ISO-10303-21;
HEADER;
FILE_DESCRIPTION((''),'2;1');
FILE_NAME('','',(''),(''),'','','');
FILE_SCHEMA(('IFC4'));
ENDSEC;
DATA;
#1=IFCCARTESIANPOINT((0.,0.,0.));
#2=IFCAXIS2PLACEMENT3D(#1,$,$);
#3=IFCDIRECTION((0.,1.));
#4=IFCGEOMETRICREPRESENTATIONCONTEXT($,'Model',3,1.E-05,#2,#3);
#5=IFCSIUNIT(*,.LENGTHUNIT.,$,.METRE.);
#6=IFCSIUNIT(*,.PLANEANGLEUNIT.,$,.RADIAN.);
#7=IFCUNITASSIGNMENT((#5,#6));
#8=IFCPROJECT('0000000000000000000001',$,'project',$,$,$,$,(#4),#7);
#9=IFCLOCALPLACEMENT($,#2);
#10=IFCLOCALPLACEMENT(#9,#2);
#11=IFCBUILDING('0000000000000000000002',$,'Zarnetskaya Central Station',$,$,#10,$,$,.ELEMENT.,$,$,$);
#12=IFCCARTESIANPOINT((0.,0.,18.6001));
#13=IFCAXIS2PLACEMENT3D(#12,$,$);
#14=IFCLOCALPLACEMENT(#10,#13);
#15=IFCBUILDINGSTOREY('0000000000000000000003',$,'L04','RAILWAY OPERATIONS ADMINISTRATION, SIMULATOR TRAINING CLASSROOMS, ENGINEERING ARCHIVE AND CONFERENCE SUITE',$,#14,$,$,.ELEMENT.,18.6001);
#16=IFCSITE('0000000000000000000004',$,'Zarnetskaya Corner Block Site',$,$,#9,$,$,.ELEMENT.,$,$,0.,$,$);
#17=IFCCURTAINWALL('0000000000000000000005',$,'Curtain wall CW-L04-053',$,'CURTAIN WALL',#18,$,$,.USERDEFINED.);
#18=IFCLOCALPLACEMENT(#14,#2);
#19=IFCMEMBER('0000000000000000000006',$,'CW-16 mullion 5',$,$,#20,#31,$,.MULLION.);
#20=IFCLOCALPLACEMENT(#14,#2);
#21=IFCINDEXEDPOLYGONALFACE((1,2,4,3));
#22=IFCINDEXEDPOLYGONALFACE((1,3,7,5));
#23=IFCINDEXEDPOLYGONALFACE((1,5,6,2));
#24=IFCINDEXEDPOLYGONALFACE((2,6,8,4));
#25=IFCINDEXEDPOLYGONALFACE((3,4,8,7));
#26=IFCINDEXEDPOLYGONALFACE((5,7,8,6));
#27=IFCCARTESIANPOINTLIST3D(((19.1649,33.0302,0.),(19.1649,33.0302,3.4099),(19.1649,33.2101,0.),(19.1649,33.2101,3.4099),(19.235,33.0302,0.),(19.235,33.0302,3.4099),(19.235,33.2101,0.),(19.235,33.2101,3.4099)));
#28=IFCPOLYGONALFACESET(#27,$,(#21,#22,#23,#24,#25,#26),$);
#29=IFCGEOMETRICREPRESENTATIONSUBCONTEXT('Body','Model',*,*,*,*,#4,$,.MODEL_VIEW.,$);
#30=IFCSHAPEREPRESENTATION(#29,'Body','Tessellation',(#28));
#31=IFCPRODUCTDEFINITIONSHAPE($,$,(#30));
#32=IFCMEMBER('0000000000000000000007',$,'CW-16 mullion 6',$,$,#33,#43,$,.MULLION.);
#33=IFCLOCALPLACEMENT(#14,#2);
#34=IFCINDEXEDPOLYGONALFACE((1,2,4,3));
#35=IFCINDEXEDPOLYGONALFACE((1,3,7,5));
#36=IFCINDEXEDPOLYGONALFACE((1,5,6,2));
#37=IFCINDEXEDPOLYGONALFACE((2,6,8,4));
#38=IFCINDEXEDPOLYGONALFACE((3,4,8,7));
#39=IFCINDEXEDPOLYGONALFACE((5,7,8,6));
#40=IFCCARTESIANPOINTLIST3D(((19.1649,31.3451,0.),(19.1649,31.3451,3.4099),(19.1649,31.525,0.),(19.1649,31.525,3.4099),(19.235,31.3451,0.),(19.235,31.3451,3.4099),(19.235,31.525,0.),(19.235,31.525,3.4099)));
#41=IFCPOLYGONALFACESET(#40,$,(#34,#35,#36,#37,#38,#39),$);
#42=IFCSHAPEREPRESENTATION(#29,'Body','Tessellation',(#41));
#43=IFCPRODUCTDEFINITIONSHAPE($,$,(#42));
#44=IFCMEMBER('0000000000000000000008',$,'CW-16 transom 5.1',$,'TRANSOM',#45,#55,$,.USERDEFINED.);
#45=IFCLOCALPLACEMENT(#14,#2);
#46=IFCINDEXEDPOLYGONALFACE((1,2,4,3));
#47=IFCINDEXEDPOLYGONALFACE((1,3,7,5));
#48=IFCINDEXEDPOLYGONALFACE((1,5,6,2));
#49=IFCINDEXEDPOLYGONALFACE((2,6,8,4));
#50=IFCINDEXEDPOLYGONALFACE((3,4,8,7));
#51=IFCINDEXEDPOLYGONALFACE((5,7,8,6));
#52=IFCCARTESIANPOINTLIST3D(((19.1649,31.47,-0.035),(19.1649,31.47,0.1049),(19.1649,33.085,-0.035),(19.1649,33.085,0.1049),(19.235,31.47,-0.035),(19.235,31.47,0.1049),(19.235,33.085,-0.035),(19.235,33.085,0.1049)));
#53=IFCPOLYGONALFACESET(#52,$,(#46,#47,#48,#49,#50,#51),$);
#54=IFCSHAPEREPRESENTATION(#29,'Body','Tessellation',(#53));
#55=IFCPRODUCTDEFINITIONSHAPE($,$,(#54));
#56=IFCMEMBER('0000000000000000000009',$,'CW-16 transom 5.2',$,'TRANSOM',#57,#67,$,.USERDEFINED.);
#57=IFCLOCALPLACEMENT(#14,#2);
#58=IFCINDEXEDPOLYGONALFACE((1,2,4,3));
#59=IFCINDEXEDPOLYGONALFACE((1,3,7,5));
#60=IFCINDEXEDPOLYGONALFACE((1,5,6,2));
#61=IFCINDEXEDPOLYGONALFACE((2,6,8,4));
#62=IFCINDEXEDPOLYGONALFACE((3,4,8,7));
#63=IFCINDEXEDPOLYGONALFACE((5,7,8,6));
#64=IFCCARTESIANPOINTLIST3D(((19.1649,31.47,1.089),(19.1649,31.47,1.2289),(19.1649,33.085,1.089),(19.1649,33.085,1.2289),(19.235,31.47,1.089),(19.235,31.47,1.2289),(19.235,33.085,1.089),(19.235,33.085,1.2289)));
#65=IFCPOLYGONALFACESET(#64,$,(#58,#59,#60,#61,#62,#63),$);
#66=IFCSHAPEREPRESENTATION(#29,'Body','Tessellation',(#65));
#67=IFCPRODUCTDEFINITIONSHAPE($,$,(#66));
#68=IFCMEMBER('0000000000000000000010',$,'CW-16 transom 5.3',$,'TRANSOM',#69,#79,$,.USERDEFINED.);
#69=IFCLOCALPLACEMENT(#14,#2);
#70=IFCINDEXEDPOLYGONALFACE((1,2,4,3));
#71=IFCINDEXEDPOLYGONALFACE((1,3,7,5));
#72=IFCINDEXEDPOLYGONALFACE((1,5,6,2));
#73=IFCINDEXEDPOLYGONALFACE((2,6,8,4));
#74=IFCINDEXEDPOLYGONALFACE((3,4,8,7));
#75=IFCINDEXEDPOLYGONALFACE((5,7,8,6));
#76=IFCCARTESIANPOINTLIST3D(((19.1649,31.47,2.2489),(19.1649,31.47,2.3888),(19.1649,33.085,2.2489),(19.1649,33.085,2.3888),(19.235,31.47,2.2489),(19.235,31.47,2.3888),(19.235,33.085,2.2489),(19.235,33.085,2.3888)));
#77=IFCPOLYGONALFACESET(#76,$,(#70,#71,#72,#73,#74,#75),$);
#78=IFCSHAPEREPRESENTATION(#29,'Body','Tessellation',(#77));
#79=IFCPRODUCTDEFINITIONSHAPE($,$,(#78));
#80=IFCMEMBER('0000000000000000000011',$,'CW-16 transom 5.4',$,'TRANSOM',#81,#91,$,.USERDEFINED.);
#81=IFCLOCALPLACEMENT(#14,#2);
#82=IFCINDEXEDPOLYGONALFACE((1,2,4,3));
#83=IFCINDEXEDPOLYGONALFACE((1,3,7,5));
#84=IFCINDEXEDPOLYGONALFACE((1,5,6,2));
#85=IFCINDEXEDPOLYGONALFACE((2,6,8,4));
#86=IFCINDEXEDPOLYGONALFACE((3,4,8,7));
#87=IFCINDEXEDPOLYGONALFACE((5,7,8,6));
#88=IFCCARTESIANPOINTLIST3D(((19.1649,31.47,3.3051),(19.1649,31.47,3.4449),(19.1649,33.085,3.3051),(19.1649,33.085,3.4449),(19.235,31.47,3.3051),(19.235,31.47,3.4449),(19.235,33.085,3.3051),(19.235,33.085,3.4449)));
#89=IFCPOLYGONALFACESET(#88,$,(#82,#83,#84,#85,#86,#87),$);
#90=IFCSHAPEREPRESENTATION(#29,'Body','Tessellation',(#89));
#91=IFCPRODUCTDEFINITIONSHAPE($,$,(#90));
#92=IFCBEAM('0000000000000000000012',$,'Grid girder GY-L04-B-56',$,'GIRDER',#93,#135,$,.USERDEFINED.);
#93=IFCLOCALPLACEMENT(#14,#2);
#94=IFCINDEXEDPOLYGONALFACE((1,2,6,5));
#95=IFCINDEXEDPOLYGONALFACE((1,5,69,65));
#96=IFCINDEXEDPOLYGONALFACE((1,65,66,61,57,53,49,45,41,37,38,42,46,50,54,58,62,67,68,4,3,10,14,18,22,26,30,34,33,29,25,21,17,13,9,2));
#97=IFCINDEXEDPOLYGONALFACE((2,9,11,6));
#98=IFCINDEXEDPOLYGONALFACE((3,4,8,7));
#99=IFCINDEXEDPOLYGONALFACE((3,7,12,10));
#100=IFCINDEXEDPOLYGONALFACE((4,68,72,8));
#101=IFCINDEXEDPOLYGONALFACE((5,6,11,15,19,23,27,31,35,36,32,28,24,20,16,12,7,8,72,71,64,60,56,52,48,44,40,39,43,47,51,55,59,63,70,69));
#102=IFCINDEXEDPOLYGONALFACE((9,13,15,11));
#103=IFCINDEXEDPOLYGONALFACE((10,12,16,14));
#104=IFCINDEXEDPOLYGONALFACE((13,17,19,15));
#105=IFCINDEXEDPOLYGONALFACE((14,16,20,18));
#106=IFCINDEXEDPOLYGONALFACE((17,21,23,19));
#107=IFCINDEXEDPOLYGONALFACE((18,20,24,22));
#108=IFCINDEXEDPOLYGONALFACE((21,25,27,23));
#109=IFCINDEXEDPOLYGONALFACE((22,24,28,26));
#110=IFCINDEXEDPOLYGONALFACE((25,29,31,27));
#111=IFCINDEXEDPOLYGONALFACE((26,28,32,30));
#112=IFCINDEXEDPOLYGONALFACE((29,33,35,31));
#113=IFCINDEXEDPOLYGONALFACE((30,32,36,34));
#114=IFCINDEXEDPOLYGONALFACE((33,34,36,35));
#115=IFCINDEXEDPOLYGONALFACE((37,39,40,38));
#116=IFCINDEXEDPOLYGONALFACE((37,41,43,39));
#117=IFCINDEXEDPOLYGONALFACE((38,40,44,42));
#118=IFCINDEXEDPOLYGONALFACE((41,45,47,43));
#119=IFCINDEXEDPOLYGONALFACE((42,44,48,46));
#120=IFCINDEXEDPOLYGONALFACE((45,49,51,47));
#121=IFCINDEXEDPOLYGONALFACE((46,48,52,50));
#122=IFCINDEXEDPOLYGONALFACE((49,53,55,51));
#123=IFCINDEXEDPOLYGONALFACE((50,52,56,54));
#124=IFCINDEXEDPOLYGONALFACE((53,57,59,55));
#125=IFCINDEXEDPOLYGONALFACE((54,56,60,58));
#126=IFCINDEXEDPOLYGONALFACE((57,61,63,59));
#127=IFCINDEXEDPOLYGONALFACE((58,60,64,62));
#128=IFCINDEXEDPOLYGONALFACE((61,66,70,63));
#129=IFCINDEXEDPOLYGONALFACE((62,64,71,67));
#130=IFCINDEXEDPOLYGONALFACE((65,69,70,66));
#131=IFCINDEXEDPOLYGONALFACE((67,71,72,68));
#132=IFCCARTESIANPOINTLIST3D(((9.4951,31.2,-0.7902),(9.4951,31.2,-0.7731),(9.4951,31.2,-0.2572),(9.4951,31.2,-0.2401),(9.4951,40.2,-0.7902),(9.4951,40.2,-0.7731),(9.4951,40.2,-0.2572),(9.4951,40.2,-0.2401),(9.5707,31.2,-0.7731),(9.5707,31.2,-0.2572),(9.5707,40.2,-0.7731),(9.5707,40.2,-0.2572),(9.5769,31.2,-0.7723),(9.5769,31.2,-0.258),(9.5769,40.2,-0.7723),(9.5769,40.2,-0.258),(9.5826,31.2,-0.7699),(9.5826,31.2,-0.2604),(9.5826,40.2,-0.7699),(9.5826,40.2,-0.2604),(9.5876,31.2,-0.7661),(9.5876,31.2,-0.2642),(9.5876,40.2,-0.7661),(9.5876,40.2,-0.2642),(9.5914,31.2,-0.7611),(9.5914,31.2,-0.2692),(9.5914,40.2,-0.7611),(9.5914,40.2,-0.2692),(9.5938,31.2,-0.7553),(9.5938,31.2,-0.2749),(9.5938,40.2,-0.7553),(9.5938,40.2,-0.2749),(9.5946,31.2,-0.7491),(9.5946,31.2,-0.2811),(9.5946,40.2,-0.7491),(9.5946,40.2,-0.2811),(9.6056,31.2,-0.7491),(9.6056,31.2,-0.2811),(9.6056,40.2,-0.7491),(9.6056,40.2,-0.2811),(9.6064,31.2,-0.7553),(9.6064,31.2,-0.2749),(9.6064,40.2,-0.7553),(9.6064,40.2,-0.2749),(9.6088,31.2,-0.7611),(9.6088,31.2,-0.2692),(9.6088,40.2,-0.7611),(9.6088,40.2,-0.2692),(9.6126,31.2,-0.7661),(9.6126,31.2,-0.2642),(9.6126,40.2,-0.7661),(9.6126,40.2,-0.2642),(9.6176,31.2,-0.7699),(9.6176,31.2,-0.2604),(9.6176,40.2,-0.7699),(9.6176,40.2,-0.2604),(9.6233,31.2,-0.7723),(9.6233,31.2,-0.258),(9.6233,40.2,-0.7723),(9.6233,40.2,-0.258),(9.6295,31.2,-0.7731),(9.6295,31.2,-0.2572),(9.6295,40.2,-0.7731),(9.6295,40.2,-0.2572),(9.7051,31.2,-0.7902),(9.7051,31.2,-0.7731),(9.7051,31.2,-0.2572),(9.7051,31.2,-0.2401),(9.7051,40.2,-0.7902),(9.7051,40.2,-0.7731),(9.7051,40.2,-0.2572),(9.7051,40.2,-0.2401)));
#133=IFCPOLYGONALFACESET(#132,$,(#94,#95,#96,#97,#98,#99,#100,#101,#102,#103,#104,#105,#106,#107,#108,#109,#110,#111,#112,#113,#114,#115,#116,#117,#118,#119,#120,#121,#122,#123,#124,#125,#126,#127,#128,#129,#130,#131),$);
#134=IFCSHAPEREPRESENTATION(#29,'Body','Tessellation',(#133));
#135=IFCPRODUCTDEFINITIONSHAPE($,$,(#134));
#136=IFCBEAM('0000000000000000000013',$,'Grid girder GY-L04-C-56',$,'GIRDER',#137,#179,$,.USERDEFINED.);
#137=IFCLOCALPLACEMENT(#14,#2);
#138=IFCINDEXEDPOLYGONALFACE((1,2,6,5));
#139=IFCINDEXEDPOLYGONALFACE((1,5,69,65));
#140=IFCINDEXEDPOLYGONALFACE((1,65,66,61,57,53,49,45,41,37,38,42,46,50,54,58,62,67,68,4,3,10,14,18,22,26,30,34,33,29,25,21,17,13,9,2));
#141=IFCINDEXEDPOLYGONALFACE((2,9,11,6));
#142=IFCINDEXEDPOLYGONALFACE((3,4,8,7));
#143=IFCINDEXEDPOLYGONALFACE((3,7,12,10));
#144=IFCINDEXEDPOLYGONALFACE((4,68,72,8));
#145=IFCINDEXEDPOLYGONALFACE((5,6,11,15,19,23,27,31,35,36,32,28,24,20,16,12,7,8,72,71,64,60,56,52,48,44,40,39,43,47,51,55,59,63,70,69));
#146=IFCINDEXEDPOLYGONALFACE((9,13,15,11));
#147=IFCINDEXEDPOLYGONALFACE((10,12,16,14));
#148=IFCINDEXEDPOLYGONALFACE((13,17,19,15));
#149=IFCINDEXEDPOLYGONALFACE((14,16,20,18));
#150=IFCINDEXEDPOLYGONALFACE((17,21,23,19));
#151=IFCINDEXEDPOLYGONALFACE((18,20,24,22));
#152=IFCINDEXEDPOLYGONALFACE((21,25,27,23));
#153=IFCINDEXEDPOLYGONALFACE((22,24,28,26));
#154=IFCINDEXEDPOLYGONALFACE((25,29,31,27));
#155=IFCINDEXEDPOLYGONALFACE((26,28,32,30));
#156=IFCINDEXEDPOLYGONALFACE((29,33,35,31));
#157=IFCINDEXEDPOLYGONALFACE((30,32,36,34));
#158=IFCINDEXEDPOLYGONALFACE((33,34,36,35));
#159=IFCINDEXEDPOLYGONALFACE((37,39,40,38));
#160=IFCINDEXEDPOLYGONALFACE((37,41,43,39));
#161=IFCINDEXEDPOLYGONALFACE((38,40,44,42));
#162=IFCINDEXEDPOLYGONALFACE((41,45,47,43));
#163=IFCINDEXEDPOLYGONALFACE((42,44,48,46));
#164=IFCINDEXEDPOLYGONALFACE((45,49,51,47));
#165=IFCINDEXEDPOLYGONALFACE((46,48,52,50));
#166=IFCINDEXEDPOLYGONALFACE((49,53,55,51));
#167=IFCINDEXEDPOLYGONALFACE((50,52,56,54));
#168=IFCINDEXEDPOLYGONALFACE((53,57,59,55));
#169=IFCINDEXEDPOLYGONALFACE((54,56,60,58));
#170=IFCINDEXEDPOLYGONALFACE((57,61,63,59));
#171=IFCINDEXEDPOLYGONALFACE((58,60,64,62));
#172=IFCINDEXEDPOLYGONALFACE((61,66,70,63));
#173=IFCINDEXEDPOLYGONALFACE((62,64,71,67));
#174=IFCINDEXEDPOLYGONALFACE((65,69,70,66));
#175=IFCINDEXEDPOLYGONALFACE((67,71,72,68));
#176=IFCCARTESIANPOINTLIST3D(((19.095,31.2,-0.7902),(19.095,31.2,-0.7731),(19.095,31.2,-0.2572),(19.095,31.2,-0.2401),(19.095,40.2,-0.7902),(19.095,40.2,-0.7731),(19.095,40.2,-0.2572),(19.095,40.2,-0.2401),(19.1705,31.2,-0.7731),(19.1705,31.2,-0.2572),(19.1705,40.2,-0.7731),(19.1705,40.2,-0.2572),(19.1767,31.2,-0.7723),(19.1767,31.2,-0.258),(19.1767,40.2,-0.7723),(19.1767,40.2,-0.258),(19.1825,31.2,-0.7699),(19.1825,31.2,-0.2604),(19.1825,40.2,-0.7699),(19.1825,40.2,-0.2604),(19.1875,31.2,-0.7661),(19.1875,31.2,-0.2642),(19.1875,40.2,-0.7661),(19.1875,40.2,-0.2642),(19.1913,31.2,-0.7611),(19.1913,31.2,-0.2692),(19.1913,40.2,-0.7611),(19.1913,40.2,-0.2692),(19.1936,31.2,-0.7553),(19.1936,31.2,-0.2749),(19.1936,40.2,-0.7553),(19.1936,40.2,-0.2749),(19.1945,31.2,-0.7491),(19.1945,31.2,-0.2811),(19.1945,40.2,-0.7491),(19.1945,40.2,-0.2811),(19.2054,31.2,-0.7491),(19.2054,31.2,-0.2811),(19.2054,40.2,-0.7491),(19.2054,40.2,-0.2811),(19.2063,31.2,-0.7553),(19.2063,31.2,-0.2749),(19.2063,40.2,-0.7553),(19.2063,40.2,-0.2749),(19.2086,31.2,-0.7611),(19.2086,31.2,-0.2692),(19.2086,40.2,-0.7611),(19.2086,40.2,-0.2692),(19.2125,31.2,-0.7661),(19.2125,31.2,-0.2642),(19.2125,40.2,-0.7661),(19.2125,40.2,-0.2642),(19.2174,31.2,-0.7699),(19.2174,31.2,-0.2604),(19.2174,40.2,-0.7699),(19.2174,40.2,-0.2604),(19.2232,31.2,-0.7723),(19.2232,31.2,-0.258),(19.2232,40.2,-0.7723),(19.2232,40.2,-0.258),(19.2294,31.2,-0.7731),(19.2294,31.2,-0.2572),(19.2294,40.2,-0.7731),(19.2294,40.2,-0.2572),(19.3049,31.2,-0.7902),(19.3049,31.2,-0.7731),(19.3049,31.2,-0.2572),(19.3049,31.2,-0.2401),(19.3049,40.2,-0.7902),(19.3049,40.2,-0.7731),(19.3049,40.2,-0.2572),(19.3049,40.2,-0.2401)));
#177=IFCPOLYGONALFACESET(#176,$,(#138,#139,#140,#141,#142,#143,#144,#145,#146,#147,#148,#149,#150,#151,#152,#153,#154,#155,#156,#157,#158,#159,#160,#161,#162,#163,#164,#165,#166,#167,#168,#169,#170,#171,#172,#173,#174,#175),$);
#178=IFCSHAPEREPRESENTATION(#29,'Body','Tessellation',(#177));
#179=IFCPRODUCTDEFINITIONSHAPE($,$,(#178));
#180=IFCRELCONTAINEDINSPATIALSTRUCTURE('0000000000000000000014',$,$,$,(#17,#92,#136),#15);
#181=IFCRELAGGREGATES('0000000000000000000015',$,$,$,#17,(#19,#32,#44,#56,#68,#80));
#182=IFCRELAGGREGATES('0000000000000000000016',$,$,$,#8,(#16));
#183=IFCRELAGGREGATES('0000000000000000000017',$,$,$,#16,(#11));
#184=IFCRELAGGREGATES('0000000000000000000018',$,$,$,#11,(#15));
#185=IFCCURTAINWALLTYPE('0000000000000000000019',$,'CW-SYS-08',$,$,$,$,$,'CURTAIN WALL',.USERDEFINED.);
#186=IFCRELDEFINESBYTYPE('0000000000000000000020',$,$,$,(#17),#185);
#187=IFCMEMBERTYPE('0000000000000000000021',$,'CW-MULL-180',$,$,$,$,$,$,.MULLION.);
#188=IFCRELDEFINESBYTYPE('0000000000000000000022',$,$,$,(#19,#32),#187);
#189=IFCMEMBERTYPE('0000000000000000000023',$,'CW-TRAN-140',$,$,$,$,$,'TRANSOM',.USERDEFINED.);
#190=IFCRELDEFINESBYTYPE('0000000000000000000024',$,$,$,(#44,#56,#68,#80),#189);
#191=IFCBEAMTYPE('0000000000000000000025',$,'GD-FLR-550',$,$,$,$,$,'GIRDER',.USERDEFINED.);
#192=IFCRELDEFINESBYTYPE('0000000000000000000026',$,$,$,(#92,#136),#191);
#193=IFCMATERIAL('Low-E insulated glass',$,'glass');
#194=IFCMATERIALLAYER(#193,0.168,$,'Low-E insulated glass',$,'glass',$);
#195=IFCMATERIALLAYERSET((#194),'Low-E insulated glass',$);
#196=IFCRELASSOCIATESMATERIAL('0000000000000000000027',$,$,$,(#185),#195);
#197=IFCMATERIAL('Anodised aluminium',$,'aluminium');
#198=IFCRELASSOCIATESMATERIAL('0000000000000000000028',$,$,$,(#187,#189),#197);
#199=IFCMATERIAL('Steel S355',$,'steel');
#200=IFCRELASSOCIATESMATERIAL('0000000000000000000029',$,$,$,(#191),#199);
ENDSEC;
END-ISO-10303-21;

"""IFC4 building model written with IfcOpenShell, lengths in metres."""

from ifc_helpers import new_model, si_unit, direction, frame, origin, origin_2d, place, context, subcontext, project, spatial, rectangle, i_section, extrude, material, layer, layer_set, material_profile, profile_set, type_object, element, aggregate, save


model = new_model("IFC4")

# Units and contexts
model_context = context("Model", 3, precision=1e-05, world=origin(), true_north=direction((0.0, 1.0)))
body_context = subcontext(model_context, "Body", "Model", "MODEL_VIEW")
ifc_project = project(units=[si_unit("LENGTHUNIT", "METRE"), si_unit("PLANEANGLEUNIT", "RADIAN")], contexts=[model_context])

# Site, building, storey
site_placement = place(None, origin())
site = spatial("IfcSite", under=ifc_project, at=site_placement, Name="Zarnetskaya Corner Block Site", CompositionType="ELEMENT", RefElevation=0.0)
building_placement = place(site_placement, origin())
building = spatial("IfcBuilding", under=site, at=building_placement, Name="Zarnetskaya Central Station", CompositionType="ELEMENT")
storey_placement = place(building_placement, frame((0.0, 0.0, 18.6001)))
storey = spatial("IfcBuildingStorey", under=building, at=storey_placement, Name="L04", Description="RAILWAY OPERATIONS ADMINISTRATION, SIMULATOR TRAINING CLASSROOMS, ENGINEERING ARCHIVE AND CONFERENCE SUITE", CompositionType="ELEMENT", Elevation=18.6001)

# Shared definitions
ifc_material_1 = material(Name="Steel S355", Category="steel")

# Curtain wall, members
ifc_material_2 = material(Name="Low-E insulated glass", Category="glass")
ifc_layer_1 = layer(ifc_material_2, 0.168, Name="Low-E insulated glass", Category="glass")
ifc_layer_set_1 = layer_set([ifc_layer_1], Name="Low-E insulated glass")
curtain_wall_type = type_object("IfcCurtainWallType", Name="CW-SYS-08", ElementType="CURTAIN WALL", PredefinedType="USERDEFINED", material=ifc_layer_set_1)
curtain_wall_placement = place(storey_placement, origin())
curtain_wall = element("IfcCurtainWall", 1, at=curtain_wall_placement, inside=storey, type_object=curtain_wall_type, Name="Curtain wall CW-L04-053", ObjectType="CURTAIN WALL", PredefinedType="USERDEFINED")
ifc_material_3 = material(Name="Anodised aluminium", Category="aluminium")
ifc_material_profile_1 = material_profile(ifc_material_3, rectangle(XDim=0.0701, YDim=0.1799, at=origin_2d()), Name="ALU MULL 70x180")
ifc_profile_set_1 = profile_set([ifc_material_profile_1], Name="Anodised aluminium")
member_type_1 = type_object("IfcMemberType", Name="CW-MULL-180", PredefinedType="MULLION", material=ifc_profile_set_1)
member_1_placement = place(storey_placement, frame((19.2, 33.1201, 0.0), z_axis=(0.0, 0.0, 1.0), x_axis=(1.0, 0.0, 0.0)))
member_1 = element("IfcMember", 2, at=member_1_placement, type_object=member_type_1, Name="CW-16 mullion 5", PredefinedType="MULLION", context=body_context, shape_type="SweptSolid", body=[
    extrude(rectangle(XDim=0.0701, YDim=0.1799, at=origin_2d()), origin(), (0.0, 0.0, 1.0), 3.4099),
])
member_2_placement = place(storey_placement, frame((19.2, 31.4351, 0.0), z_axis=(0.0, 0.0, 1.0), x_axis=(1.0, 0.0, 0.0)))
member_2 = element("IfcMember", 3, at=member_2_placement, type_object=member_type_1, Name="CW-16 mullion 6", PredefinedType="MULLION", context=body_context, shape_type="SweptSolid", body=[
    extrude(rectangle(XDim=0.0701, YDim=0.1799, at=origin_2d()), origin(), (0.0, 0.0, 1.0), 3.4099),
])
ifc_material_profile_2 = material_profile(ifc_material_3, rectangle(XDim=0.0701, YDim=0.1399, at=origin_2d()), Name="ALU TRAN 70x140")
ifc_profile_set_2 = profile_set([ifc_material_profile_2], Name="Anodised aluminium")
member_type_2 = type_object("IfcMemberType", Name="CW-TRAN-140", ElementType="TRANSOM", PredefinedType="USERDEFINED", material=ifc_profile_set_2)
member_3_placement = place(storey_placement, frame((19.2, 33.085, 0.0349), z_axis=(0.0, -1.0, 0.0), x_axis=(1.0, 0.0, 0.0)))
member_3 = element("IfcMember", 4, at=member_3_placement, type_object=member_type_2, Name="CW-16 transom 5.1", ObjectType="TRANSOM", PredefinedType="USERDEFINED", context=body_context, shape_type="SweptSolid", body=[
    extrude(rectangle(XDim=0.0701, YDim=0.1399, at=origin_2d()), origin(), (0.0, 0.0, 1.0), 1.615),
])
member_4_placement = place(storey_placement, frame((19.2, 33.085, 1.1589), z_axis=(0.0, -1.0, 0.0), x_axis=(1.0, 0.0, 0.0)))
member_4 = element("IfcMember", 5, at=member_4_placement, type_object=member_type_2, Name="CW-16 transom 5.2", ObjectType="TRANSOM", PredefinedType="USERDEFINED", context=body_context, shape_type="SweptSolid", body=[
    extrude(rectangle(XDim=0.0701, YDim=0.1399, at=origin_2d()), origin(), (0.0, 0.0, 1.0), 1.615),
])
member_5_placement = place(storey_placement, frame((19.2, 33.085, 2.3188), z_axis=(0.0, -1.0, 0.0), x_axis=(1.0, 0.0, 0.0)))
member_5 = element("IfcMember", 6, at=member_5_placement, type_object=member_type_2, Name="CW-16 transom 5.3", ObjectType="TRANSOM", PredefinedType="USERDEFINED", context=body_context, shape_type="SweptSolid", body=[
    extrude(rectangle(XDim=0.0701, YDim=0.1399, at=origin_2d()), origin(), (0.0, 0.0, 1.0), 1.615),
])
member_6_placement = place(storey_placement, frame((19.2, 33.085, 3.375), z_axis=(0.0, -1.0, 0.0), x_axis=(1.0, 0.0, 0.0)))
member_6 = element("IfcMember", 7, at=member_6_placement, type_object=member_type_2, Name="CW-16 transom 5.4", ObjectType="TRANSOM", PredefinedType="USERDEFINED", context=body_context, shape_type="SweptSolid", body=[
    extrude(rectangle(XDim=0.0701, YDim=0.1399, at=origin_2d()), origin(), (0.0, 0.0, 1.0), 1.615),
])

# Beams
ifc_material_profile_3 = material_profile(ifc_material_1, i_section(OverallWidth=0.21, OverallDepth=0.55, WebThickness=0.011, FlangeThickness=0.0171, FilletRadius=0.0239, at=origin_2d()), Name="IPE 550")
ifc_profile_set_3 = profile_set([ifc_material_profile_3], Name="Steel S355")
beam_type_1 = type_object("IfcBeamType", Name="GD-FLR-550", ElementType="GIRDER", PredefinedType="USERDEFINED", material=ifc_profile_set_3)
for number, where, z_axis, x_axis, name in (
    (8, (9.6001, 31.2, -0.5151), (0.0, 1.0, 0.0), (-1.0, 0.0, 0.0), "Grid girder GY-L04-B-56"),
    (9, (19.2, 31.2, -0.5151), (0.0, 1.0, 0.0), (-1.0, 0.0, 0.0), "Grid girder GY-L04-C-56"),
):
    element("IfcBeam", number, at=place(storey_placement, frame(where, z_axis=z_axis, x_axis=x_axis)), inside=storey, type_object=beam_type_1, Name=name, ObjectType="GIRDER", PredefinedType="USERDEFINED", context=body_context, shape_type="SweptSolid", body=[
        extrude(i_section(OverallWidth=0.21, OverallDepth=0.55, WebThickness=0.011, FlangeThickness=0.0171, FilletRadius=0.0239, at=origin_2d()), origin(), (0.0, 0.0, 1.0), 9.0),
    ])

aggregate(curtain_wall, [member_1, member_2, member_3, member_4, member_5, member_6])

save(model, "model.ifc")
